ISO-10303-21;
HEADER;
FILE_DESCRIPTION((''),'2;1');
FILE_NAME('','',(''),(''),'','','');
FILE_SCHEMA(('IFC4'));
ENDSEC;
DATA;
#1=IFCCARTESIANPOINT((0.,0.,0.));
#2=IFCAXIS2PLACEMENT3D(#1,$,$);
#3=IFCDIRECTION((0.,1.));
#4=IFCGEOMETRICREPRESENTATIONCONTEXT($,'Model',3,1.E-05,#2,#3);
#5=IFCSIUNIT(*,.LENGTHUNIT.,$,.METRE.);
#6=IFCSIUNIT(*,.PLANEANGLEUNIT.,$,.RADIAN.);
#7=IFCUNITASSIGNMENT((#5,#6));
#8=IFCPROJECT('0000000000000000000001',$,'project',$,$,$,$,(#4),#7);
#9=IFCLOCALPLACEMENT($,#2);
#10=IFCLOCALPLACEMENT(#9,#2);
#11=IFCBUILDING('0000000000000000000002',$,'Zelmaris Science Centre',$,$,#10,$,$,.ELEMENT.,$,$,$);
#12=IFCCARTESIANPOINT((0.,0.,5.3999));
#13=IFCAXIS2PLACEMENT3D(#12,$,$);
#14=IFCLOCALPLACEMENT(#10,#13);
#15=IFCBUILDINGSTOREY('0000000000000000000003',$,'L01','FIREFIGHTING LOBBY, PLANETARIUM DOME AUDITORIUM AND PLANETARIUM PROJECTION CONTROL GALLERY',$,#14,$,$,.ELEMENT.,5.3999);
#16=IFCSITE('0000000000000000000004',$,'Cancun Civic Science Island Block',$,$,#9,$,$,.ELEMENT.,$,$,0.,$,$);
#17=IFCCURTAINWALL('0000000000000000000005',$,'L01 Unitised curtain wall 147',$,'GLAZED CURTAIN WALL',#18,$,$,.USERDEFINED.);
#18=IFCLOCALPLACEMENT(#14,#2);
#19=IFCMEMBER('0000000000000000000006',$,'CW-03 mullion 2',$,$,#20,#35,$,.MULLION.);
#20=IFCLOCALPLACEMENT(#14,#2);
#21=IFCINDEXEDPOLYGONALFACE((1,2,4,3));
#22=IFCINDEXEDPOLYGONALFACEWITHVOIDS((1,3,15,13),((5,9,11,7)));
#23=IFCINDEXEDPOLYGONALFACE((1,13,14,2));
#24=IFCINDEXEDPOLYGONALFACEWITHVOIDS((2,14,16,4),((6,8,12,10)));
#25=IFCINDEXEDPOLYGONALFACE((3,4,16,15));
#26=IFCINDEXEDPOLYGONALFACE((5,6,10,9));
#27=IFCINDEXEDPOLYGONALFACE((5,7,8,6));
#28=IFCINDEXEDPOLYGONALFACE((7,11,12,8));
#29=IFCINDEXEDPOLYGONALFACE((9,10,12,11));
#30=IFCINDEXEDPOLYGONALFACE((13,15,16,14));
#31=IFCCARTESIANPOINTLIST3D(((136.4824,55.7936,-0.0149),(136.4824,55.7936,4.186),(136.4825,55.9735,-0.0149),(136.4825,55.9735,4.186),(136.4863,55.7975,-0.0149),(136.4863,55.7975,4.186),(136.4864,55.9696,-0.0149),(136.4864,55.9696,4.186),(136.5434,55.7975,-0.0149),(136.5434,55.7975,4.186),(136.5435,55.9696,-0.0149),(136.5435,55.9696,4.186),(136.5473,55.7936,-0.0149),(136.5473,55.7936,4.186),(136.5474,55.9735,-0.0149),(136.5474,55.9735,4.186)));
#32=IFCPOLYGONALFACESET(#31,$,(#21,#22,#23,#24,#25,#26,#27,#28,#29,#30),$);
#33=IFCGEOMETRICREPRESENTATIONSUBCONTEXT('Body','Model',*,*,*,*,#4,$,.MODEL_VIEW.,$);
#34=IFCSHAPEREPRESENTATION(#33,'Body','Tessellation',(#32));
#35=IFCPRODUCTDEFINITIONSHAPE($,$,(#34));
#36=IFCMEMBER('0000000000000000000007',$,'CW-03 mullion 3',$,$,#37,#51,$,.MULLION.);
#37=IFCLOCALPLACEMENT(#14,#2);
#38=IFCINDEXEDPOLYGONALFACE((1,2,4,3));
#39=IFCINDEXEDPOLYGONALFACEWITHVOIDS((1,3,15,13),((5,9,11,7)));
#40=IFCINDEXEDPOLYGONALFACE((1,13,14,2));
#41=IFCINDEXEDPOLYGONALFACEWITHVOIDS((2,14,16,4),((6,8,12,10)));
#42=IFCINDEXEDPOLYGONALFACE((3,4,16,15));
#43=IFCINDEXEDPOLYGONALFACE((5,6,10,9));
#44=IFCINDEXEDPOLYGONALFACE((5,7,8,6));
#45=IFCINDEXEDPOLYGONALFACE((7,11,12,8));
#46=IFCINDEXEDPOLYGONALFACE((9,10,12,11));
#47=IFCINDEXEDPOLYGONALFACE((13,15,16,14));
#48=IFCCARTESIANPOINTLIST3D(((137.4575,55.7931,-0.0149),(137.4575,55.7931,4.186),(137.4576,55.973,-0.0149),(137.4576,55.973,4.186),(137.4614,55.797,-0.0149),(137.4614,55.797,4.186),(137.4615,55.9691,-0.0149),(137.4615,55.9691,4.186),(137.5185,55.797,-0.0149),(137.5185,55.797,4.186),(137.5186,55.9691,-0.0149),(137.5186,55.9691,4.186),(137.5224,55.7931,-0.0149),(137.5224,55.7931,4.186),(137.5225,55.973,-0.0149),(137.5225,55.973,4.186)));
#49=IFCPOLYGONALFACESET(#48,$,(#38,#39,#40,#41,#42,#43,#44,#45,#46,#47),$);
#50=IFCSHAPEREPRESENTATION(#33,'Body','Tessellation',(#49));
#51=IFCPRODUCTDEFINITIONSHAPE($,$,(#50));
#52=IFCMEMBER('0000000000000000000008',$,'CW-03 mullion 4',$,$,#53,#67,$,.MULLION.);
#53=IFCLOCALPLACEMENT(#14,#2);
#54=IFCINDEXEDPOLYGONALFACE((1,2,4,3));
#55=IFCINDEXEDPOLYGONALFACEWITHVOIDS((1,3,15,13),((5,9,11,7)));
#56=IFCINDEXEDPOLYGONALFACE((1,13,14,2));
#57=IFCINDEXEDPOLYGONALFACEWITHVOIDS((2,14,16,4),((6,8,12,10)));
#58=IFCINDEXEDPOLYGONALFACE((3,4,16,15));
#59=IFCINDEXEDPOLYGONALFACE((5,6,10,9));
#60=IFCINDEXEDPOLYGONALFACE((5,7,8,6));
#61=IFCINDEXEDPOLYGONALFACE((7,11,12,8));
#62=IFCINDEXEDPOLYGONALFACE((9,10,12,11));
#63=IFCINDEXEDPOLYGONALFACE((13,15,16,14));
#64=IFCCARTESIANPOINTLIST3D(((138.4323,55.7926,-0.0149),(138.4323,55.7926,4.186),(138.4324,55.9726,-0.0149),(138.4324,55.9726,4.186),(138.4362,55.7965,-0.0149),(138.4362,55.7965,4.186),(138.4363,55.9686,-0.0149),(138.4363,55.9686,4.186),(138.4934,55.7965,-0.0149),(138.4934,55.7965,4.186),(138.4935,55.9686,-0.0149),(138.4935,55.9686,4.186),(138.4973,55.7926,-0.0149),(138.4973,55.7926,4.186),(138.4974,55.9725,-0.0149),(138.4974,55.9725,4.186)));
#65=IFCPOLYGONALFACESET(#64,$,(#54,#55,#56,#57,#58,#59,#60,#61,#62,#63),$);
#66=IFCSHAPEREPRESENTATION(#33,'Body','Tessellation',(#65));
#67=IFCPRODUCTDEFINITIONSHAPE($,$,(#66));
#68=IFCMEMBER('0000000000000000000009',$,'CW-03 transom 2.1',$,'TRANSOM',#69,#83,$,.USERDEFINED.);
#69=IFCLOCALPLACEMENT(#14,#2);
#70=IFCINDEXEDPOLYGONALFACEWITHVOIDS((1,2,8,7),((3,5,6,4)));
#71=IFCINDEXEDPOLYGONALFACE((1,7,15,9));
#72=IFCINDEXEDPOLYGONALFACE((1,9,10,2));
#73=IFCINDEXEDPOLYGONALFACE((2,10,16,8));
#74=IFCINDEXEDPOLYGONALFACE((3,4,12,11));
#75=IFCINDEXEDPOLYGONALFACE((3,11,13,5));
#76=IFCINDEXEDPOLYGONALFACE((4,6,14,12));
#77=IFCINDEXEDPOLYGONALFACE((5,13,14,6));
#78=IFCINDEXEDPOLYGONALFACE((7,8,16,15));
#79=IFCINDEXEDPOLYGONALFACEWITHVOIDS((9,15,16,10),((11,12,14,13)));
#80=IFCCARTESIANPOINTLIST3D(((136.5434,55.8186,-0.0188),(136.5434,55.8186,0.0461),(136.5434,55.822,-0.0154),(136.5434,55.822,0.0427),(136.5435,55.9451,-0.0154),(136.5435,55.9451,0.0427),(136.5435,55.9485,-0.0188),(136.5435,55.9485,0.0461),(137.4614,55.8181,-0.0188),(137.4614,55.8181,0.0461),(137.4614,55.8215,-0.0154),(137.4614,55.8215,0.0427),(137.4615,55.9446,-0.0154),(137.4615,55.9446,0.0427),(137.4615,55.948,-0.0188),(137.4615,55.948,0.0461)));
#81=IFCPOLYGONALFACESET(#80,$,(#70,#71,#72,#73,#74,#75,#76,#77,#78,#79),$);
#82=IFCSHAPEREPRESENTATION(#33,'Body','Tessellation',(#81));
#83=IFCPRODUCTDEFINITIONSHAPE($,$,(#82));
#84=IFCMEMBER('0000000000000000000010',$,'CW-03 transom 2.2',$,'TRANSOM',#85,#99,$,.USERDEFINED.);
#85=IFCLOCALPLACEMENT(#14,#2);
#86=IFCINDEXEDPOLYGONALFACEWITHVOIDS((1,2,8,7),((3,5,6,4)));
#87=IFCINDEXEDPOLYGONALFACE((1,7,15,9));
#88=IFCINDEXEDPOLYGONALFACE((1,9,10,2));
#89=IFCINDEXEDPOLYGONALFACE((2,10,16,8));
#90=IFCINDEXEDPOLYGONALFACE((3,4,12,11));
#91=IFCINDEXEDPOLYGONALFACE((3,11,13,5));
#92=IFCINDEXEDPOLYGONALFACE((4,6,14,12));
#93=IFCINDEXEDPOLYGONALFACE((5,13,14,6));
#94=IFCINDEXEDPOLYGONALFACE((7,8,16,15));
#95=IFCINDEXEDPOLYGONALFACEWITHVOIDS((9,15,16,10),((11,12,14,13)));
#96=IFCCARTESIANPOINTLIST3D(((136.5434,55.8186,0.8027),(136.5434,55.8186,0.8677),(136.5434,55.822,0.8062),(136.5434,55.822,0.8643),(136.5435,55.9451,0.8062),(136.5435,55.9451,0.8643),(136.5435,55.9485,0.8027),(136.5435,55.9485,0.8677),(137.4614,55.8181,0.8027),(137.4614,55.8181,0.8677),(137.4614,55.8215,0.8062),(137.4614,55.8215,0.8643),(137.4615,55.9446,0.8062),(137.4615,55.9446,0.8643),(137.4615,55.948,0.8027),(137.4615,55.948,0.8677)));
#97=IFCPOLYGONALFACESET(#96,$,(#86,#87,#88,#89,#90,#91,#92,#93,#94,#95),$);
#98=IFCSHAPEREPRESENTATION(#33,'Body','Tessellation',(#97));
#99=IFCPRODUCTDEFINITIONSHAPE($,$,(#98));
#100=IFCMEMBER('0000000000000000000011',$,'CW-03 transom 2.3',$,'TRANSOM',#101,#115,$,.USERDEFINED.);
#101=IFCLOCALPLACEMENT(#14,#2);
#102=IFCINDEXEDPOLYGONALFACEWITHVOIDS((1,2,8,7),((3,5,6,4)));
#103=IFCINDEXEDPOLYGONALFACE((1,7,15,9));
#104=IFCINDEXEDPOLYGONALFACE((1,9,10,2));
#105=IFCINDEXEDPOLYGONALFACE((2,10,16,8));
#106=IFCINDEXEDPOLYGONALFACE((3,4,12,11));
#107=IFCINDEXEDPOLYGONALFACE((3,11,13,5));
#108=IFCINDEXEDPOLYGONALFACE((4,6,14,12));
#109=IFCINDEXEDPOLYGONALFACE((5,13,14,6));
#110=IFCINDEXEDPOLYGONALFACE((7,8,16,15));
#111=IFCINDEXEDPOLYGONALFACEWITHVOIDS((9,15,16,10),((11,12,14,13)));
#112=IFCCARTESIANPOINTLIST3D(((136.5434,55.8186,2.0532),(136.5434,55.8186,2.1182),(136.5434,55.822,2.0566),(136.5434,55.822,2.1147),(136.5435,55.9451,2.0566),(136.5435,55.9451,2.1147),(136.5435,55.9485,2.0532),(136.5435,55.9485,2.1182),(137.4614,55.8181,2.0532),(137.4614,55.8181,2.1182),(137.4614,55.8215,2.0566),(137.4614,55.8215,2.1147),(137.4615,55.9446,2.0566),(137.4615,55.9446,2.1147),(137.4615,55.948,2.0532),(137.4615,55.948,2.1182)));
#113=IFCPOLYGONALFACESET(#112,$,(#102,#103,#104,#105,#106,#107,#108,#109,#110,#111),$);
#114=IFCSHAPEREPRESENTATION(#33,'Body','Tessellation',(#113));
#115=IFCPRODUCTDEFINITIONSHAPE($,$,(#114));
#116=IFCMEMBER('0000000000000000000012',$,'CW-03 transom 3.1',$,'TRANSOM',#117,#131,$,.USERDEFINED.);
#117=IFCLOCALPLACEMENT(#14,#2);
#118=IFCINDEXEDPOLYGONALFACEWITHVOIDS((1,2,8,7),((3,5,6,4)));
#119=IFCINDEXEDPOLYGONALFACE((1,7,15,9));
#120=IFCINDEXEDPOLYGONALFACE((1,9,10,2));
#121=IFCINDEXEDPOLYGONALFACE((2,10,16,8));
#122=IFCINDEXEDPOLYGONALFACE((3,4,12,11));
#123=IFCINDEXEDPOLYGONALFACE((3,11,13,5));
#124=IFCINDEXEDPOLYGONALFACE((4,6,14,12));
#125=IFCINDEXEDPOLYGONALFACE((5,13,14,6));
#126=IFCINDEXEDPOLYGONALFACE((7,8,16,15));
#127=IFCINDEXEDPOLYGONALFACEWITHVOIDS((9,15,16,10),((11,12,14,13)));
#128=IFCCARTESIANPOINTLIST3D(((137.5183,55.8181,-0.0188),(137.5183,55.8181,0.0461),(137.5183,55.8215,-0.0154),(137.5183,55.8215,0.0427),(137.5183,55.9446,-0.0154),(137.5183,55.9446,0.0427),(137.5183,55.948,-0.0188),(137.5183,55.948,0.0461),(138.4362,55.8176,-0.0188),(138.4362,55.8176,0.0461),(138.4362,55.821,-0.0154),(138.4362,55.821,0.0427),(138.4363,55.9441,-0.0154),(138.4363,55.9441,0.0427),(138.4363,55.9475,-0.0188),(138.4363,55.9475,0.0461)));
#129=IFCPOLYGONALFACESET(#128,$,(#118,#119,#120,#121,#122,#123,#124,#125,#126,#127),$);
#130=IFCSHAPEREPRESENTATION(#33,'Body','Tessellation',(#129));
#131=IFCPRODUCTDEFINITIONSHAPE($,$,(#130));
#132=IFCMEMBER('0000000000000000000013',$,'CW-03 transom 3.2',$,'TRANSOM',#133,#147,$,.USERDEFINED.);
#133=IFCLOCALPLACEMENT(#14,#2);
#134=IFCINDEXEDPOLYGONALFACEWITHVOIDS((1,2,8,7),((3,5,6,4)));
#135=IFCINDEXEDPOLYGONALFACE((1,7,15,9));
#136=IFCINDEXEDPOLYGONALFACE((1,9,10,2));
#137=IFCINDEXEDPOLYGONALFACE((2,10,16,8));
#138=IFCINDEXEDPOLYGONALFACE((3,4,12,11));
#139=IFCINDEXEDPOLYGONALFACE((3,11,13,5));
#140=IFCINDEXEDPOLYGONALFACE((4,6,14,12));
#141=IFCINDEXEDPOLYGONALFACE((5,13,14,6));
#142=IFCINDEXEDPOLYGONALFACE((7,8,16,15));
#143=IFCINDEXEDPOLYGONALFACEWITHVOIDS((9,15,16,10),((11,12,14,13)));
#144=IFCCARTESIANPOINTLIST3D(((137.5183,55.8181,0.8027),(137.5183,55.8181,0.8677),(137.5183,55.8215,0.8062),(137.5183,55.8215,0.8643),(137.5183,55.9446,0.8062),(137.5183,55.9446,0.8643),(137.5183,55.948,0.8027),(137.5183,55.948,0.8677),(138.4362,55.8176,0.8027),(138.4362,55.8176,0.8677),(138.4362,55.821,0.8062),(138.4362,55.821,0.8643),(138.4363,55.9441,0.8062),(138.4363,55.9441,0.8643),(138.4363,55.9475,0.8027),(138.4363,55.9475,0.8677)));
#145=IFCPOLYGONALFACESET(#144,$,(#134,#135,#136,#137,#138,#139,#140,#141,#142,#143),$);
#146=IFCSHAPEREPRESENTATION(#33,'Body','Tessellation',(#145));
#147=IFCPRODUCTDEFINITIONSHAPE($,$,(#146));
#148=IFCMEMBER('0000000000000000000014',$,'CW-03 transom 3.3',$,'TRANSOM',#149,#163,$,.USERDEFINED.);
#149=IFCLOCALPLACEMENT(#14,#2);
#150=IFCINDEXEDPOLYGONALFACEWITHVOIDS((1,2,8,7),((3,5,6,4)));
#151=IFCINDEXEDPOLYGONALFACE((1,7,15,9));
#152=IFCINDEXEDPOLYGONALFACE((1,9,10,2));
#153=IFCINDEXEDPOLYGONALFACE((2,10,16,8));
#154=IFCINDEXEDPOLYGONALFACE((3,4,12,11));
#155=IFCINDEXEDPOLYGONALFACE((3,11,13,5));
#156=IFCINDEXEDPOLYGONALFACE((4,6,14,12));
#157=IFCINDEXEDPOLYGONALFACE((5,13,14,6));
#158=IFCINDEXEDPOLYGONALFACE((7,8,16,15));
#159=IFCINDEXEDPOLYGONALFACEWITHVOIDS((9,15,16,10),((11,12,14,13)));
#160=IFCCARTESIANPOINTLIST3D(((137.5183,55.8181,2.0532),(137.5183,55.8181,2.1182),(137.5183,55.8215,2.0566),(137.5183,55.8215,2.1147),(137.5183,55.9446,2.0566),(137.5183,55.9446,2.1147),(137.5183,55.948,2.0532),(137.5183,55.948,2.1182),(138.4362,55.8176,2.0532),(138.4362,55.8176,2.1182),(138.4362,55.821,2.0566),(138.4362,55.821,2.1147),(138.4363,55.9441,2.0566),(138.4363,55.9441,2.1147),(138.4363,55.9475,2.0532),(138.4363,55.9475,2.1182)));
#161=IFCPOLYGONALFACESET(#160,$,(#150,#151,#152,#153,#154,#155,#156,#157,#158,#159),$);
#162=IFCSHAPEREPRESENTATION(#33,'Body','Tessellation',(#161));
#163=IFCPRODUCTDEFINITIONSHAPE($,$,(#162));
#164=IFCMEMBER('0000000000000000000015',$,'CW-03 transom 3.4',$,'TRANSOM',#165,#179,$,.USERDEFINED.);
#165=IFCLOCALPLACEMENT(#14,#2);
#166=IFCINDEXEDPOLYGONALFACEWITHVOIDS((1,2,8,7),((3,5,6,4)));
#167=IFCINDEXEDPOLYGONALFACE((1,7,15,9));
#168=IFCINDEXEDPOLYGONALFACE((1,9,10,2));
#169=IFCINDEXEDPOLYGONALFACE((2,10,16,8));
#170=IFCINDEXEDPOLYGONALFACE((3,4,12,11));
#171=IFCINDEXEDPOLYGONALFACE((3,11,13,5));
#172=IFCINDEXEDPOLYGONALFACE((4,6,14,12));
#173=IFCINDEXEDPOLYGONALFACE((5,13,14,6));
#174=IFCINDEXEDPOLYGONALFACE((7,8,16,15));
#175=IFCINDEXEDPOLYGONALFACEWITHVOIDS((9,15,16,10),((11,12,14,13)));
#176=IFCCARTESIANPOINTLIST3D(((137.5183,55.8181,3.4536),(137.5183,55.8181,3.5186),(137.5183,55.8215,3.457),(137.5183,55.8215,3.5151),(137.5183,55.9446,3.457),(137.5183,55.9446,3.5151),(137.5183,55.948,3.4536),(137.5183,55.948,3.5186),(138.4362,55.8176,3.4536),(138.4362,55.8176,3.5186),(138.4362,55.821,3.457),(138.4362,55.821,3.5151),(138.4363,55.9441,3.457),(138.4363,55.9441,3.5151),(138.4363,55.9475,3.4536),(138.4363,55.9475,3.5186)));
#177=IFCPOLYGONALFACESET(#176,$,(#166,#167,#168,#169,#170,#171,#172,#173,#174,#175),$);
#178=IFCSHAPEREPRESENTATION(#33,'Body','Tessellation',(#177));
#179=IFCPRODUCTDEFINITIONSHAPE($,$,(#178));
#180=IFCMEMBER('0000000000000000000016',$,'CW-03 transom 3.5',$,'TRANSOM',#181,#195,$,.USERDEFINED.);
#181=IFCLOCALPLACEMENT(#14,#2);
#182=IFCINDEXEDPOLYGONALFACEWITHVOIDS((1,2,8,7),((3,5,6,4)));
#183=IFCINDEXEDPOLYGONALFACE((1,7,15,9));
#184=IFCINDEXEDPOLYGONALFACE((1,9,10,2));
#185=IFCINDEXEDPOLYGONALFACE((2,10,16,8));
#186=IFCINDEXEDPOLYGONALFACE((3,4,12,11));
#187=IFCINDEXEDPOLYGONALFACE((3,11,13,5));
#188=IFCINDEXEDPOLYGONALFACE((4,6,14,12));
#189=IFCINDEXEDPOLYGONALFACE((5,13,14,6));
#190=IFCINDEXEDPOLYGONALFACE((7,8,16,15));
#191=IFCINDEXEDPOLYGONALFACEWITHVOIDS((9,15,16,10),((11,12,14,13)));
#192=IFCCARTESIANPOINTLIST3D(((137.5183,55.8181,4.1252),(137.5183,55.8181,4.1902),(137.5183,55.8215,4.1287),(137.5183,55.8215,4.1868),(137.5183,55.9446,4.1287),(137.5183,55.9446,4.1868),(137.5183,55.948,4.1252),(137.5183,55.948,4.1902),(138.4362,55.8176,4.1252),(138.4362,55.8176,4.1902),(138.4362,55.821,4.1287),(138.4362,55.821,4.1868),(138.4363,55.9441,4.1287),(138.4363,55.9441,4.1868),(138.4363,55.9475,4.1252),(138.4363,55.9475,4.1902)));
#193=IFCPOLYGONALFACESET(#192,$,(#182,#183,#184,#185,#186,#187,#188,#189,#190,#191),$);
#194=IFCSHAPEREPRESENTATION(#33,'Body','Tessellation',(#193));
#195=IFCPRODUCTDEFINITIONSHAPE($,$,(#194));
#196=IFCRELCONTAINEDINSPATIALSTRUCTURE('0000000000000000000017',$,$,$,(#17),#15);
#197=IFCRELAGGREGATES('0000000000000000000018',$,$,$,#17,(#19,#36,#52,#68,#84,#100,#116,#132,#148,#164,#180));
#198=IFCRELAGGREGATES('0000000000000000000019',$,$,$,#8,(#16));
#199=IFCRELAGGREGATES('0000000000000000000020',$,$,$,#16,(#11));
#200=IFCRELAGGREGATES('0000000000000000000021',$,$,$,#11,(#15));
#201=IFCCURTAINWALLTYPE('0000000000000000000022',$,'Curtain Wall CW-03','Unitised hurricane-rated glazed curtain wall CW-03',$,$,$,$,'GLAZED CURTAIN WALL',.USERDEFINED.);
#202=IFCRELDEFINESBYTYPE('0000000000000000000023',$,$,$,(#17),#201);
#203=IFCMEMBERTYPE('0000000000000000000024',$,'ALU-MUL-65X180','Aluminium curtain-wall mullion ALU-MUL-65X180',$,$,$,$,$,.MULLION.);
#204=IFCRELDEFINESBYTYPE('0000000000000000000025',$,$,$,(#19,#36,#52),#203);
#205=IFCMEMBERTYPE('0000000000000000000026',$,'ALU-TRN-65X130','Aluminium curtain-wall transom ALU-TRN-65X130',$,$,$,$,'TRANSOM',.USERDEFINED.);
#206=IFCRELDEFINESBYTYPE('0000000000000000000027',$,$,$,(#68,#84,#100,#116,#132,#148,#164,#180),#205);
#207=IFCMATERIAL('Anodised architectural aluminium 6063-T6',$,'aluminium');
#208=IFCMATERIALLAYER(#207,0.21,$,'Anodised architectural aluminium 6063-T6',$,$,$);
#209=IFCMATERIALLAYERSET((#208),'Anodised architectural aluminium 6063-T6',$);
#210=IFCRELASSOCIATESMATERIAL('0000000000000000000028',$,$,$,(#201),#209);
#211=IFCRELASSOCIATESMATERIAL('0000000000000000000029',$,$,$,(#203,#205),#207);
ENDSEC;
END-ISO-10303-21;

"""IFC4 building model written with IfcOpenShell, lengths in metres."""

from ifc_helpers import new_model, si_unit, direction, frame, origin, origin_2d, place, context, subcontext, project, spatial, hollow_rectangle, extrude, material, layer, layer_set, material_profile, profile_set, type_object, element, aggregate, save


model = new_model("IFC4")

# Units and contexts
model_context = context("Model", 3, precision=1e-05, world=origin(), true_north=direction((0.0, 1.0)))
body_context = subcontext(model_context, "Body", "Model", "MODEL_VIEW")
ifc_project = project(units=[si_unit("LENGTHUNIT", "METRE"), si_unit("PLANEANGLEUNIT", "RADIAN")], contexts=[model_context])

# Site, building, storey
site_placement = place(None, origin())
site = spatial("IfcSite", under=ifc_project, at=site_placement, Name="Cancun Civic Science Island Block", CompositionType="ELEMENT", RefElevation=0.0)
building_placement = place(site_placement, origin())
building = spatial("IfcBuilding", under=site, at=building_placement, Name="Zelmaris Science Centre", CompositionType="ELEMENT")
storey_placement = place(building_placement, frame((0.0, 0.0, 5.3999)))
storey = spatial("IfcBuildingStorey", under=building, at=storey_placement, Name="L01", Description="FIREFIGHTING LOBBY, PLANETARIUM DOME AUDITORIUM AND PLANETARIUM PROJECTION CONTROL GALLERY", CompositionType="ELEMENT", Elevation=5.3999)

# Curtain wall, members
ifc_material_1 = material(Name="Anodised architectural aluminium 6063-T6", Category="aluminium")
ifc_layer_1 = layer(ifc_material_1, 0.21, Name="Anodised architectural aluminium 6063-T6")
ifc_layer_set_1 = layer_set([ifc_layer_1], Name="Anodised architectural aluminium 6063-T6")
curtain_wall_type = type_object("IfcCurtainWallType", Name="Curtain Wall CW-03", Description="Unitised hurricane-rated glazed curtain wall CW-03", ElementType="GLAZED CURTAIN WALL", PredefinedType="USERDEFINED", material=ifc_layer_set_1)
curtain_wall_placement = place(storey_placement, origin())
curtain_wall = element("IfcCurtainWall", 1, at=curtain_wall_placement, inside=storey, type_object=curtain_wall_type, Name="L01 Unitised curtain wall 147", ObjectType="GLAZED CURTAIN WALL", PredefinedType="USERDEFINED")
ifc_material_profile_1 = material_profile(ifc_material_1, hollow_rectangle(XDim=0.0649, YDim=0.1799, WallThickness=0.0039, at=origin_2d()), Name="ALU-MUL-65X180")
ifc_profile_set_1 = profile_set([ifc_material_profile_1], Name="Anodised architectural aluminium 6063-T6")
member_type_1 = type_object("IfcMemberType", Name="ALU-MUL-65X180", Description="Aluminium curtain-wall mullion ALU-MUL-65X180", PredefinedType="MULLION", material=ifc_profile_set_1)
member_1_placement = place(storey_placement, frame((136.5149, 55.8835, -0.0149), z_axis=(0.0, 0.0, 1.0), x_axis=(1.0, -0.000489, 0.0)))
member_1 = element("IfcMember", 2, at=member_1_placement, type_object=member_type_1, Name="CW-03 mullion 2", PredefinedType="MULLION", context=body_context, shape_type="SweptSolid", body=[
    extrude(hollow_rectangle(XDim=0.0649, YDim=0.1799, WallThickness=0.0039, at=origin_2d()), origin(), (0.0, 0.0, 1.0), 4.2009),
])
member_2_placement = place(storey_placement, frame((137.49, 55.8831, -0.0149), z_axis=(0.0, 0.0, 1.0), x_axis=(1.0, -0.000489, 0.0)))
member_2 = element("IfcMember", 3, at=member_2_placement, type_object=member_type_1, Name="CW-03 mullion 3", PredefinedType="MULLION", context=body_context, shape_type="SweptSolid", body=[
    extrude(hollow_rectangle(XDim=0.0649, YDim=0.1799, WallThickness=0.0039, at=origin_2d()), origin(), (0.0, 0.0, 1.0), 4.2009),
])
member_3_placement = place(storey_placement, frame((138.4648, 55.8826, -0.0149), z_axis=(0.0, 0.0, 1.0), x_axis=(1.0, -0.000489, 0.0)))
member_3 = element("IfcMember", 4, at=member_3_placement, type_object=member_type_1, Name="CW-03 mullion 4", PredefinedType="MULLION", context=body_context, shape_type="SweptSolid", body=[
    extrude(hollow_rectangle(XDim=0.0649, YDim=0.1799, WallThickness=0.0039, at=origin_2d()), origin(), (0.0, 0.0, 1.0), 4.2009),
])
ifc_material_profile_2 = material_profile(ifc_material_1, hollow_rectangle(XDim=0.0649, YDim=0.1299, WallThickness=0.0034, at=origin_2d()), Name="ALU-TRN-65X130")
ifc_profile_set_2 = profile_set([ifc_material_profile_2], Name="Anodised architectural aluminium 6063-T6")
member_type_2 = type_object("IfcMemberType", Name="ALU-TRN-65X130", Description="Aluminium curtain-wall transom ALU-TRN-65X130", ElementType="TRANSOM", PredefinedType="USERDEFINED", material=ifc_profile_set_2)
member_4_placement = place(storey_placement, frame((136.5435, 55.8835, 0.0137), z_axis=(1.0, -0.000532, 0.0), x_axis=(0.0, 0.0, 1.0)))
member_4 = element("IfcMember", 5, at=member_4_placement, type_object=member_type_2, Name="CW-03 transom 2.1", ObjectType="TRANSOM", PredefinedType="USERDEFINED", context=body_context, shape_type="SweptSolid", body=[
    extrude(hollow_rectangle(XDim=0.0649, YDim=0.1299, WallThickness=0.0034, at=origin_2d()), origin(), (0.0, 0.0, 1.0), 0.918),
])
member_5_placement = place(storey_placement, frame((136.5435, 55.8835, 0.8352), z_axis=(1.0, -0.000532, 0.0), x_axis=(0.0, 0.0, 1.0)))
member_5 = element("IfcMember", 6, at=member_5_placement, type_object=member_type_2, Name="CW-03 transom 2.2", ObjectType="TRANSOM", PredefinedType="USERDEFINED", context=body_context, shape_type="SweptSolid", body=[
    extrude(hollow_rectangle(XDim=0.0649, YDim=0.1299, WallThickness=0.0034, at=origin_2d()), origin(), (0.0, 0.0, 1.0), 0.918),
])
member_6_placement = place(storey_placement, frame((136.5435, 55.8835, 2.0857), z_axis=(1.0, -0.000532, 0.0), x_axis=(0.0, 0.0, 1.0)))
member_6 = element("IfcMember", 7, at=member_6_placement, type_object=member_type_2, Name="CW-03 transom 2.3", ObjectType="TRANSOM", PredefinedType="USERDEFINED", context=body_context, shape_type="SweptSolid", body=[
    extrude(hollow_rectangle(XDim=0.0649, YDim=0.1299, WallThickness=0.0034, at=origin_2d()), origin(), (0.0, 0.0, 1.0), 0.918),
])
member_7_placement = place(storey_placement, frame((137.5183, 55.8831, 0.0137), z_axis=(1.0, -0.000532, 0.0), x_axis=(0.0, 0.0, 1.0)))
member_7 = element("IfcMember", 8, at=member_7_placement, type_object=member_type_2, Name="CW-03 transom 3.1", ObjectType="TRANSOM", PredefinedType="USERDEFINED", context=body_context, shape_type="SweptSolid", body=[
    extrude(hollow_rectangle(XDim=0.0649, YDim=0.1299, WallThickness=0.0034, at=origin_2d()), origin(), (0.0, 0.0, 1.0), 0.918),
])
member_8_placement = place(storey_placement, frame((137.5183, 55.8831, 0.8352), z_axis=(1.0, -0.000532, 0.0), x_axis=(0.0, 0.0, 1.0)))
member_8 = element("IfcMember", 9, at=member_8_placement, type_object=member_type_2, Name="CW-03 transom 3.2", ObjectType="TRANSOM", PredefinedType="USERDEFINED", context=body_context, shape_type="SweptSolid", body=[
    extrude(hollow_rectangle(XDim=0.0649, YDim=0.1299, WallThickness=0.0034, at=origin_2d()), origin(), (0.0, 0.0, 1.0), 0.918),
])
member_9_placement = place(storey_placement, frame((137.5183, 55.8831, 2.0857), z_axis=(1.0, -0.000532, 0.0), x_axis=(0.0, 0.0, 1.0)))
member_9 = element("IfcMember", 10, at=member_9_placement, type_object=member_type_2, Name="CW-03 transom 3.3", ObjectType="TRANSOM", PredefinedType="USERDEFINED", context=body_context, shape_type="SweptSolid", body=[
    extrude(hollow_rectangle(XDim=0.0649, YDim=0.1299, WallThickness=0.0034, at=origin_2d()), origin(), (0.0, 0.0, 1.0), 0.918),
])
member_10_placement = place(storey_placement, frame((137.5183, 55.8831, 3.4861), z_axis=(1.0, -0.000532, 0.0), x_axis=(0.0, 0.0, 1.0)))
member_10 = element("IfcMember", 11, at=member_10_placement, type_object=member_type_2, Name="CW-03 transom 3.4", ObjectType="TRANSOM", PredefinedType="USERDEFINED", context=body_context, shape_type="SweptSolid", body=[
    extrude(hollow_rectangle(XDim=0.0649, YDim=0.1299, WallThickness=0.0034, at=origin_2d()), origin(), (0.0, 0.0, 1.0), 0.918),
])
member_11_placement = place(storey_placement, frame((137.5183, 55.8831, 4.1577), z_axis=(1.0, -0.000532, 0.0), x_axis=(0.0, 0.0, 1.0)))
member_11 = element("IfcMember", 12, at=member_11_placement, type_object=member_type_2, Name="CW-03 transom 3.5", ObjectType="TRANSOM", PredefinedType="USERDEFINED", context=body_context, shape_type="SweptSolid", body=[
    extrude(hollow_rectangle(XDim=0.0649, YDim=0.1299, WallThickness=0.0034, at=origin_2d()), origin(), (0.0, 0.0, 1.0), 0.918),
])

aggregate(curtain_wall, [member_1, member_2, member_3, member_4, member_5, member_6, member_7, member_8, member_9, member_10, member_11])

save(model, "model.ifc")
